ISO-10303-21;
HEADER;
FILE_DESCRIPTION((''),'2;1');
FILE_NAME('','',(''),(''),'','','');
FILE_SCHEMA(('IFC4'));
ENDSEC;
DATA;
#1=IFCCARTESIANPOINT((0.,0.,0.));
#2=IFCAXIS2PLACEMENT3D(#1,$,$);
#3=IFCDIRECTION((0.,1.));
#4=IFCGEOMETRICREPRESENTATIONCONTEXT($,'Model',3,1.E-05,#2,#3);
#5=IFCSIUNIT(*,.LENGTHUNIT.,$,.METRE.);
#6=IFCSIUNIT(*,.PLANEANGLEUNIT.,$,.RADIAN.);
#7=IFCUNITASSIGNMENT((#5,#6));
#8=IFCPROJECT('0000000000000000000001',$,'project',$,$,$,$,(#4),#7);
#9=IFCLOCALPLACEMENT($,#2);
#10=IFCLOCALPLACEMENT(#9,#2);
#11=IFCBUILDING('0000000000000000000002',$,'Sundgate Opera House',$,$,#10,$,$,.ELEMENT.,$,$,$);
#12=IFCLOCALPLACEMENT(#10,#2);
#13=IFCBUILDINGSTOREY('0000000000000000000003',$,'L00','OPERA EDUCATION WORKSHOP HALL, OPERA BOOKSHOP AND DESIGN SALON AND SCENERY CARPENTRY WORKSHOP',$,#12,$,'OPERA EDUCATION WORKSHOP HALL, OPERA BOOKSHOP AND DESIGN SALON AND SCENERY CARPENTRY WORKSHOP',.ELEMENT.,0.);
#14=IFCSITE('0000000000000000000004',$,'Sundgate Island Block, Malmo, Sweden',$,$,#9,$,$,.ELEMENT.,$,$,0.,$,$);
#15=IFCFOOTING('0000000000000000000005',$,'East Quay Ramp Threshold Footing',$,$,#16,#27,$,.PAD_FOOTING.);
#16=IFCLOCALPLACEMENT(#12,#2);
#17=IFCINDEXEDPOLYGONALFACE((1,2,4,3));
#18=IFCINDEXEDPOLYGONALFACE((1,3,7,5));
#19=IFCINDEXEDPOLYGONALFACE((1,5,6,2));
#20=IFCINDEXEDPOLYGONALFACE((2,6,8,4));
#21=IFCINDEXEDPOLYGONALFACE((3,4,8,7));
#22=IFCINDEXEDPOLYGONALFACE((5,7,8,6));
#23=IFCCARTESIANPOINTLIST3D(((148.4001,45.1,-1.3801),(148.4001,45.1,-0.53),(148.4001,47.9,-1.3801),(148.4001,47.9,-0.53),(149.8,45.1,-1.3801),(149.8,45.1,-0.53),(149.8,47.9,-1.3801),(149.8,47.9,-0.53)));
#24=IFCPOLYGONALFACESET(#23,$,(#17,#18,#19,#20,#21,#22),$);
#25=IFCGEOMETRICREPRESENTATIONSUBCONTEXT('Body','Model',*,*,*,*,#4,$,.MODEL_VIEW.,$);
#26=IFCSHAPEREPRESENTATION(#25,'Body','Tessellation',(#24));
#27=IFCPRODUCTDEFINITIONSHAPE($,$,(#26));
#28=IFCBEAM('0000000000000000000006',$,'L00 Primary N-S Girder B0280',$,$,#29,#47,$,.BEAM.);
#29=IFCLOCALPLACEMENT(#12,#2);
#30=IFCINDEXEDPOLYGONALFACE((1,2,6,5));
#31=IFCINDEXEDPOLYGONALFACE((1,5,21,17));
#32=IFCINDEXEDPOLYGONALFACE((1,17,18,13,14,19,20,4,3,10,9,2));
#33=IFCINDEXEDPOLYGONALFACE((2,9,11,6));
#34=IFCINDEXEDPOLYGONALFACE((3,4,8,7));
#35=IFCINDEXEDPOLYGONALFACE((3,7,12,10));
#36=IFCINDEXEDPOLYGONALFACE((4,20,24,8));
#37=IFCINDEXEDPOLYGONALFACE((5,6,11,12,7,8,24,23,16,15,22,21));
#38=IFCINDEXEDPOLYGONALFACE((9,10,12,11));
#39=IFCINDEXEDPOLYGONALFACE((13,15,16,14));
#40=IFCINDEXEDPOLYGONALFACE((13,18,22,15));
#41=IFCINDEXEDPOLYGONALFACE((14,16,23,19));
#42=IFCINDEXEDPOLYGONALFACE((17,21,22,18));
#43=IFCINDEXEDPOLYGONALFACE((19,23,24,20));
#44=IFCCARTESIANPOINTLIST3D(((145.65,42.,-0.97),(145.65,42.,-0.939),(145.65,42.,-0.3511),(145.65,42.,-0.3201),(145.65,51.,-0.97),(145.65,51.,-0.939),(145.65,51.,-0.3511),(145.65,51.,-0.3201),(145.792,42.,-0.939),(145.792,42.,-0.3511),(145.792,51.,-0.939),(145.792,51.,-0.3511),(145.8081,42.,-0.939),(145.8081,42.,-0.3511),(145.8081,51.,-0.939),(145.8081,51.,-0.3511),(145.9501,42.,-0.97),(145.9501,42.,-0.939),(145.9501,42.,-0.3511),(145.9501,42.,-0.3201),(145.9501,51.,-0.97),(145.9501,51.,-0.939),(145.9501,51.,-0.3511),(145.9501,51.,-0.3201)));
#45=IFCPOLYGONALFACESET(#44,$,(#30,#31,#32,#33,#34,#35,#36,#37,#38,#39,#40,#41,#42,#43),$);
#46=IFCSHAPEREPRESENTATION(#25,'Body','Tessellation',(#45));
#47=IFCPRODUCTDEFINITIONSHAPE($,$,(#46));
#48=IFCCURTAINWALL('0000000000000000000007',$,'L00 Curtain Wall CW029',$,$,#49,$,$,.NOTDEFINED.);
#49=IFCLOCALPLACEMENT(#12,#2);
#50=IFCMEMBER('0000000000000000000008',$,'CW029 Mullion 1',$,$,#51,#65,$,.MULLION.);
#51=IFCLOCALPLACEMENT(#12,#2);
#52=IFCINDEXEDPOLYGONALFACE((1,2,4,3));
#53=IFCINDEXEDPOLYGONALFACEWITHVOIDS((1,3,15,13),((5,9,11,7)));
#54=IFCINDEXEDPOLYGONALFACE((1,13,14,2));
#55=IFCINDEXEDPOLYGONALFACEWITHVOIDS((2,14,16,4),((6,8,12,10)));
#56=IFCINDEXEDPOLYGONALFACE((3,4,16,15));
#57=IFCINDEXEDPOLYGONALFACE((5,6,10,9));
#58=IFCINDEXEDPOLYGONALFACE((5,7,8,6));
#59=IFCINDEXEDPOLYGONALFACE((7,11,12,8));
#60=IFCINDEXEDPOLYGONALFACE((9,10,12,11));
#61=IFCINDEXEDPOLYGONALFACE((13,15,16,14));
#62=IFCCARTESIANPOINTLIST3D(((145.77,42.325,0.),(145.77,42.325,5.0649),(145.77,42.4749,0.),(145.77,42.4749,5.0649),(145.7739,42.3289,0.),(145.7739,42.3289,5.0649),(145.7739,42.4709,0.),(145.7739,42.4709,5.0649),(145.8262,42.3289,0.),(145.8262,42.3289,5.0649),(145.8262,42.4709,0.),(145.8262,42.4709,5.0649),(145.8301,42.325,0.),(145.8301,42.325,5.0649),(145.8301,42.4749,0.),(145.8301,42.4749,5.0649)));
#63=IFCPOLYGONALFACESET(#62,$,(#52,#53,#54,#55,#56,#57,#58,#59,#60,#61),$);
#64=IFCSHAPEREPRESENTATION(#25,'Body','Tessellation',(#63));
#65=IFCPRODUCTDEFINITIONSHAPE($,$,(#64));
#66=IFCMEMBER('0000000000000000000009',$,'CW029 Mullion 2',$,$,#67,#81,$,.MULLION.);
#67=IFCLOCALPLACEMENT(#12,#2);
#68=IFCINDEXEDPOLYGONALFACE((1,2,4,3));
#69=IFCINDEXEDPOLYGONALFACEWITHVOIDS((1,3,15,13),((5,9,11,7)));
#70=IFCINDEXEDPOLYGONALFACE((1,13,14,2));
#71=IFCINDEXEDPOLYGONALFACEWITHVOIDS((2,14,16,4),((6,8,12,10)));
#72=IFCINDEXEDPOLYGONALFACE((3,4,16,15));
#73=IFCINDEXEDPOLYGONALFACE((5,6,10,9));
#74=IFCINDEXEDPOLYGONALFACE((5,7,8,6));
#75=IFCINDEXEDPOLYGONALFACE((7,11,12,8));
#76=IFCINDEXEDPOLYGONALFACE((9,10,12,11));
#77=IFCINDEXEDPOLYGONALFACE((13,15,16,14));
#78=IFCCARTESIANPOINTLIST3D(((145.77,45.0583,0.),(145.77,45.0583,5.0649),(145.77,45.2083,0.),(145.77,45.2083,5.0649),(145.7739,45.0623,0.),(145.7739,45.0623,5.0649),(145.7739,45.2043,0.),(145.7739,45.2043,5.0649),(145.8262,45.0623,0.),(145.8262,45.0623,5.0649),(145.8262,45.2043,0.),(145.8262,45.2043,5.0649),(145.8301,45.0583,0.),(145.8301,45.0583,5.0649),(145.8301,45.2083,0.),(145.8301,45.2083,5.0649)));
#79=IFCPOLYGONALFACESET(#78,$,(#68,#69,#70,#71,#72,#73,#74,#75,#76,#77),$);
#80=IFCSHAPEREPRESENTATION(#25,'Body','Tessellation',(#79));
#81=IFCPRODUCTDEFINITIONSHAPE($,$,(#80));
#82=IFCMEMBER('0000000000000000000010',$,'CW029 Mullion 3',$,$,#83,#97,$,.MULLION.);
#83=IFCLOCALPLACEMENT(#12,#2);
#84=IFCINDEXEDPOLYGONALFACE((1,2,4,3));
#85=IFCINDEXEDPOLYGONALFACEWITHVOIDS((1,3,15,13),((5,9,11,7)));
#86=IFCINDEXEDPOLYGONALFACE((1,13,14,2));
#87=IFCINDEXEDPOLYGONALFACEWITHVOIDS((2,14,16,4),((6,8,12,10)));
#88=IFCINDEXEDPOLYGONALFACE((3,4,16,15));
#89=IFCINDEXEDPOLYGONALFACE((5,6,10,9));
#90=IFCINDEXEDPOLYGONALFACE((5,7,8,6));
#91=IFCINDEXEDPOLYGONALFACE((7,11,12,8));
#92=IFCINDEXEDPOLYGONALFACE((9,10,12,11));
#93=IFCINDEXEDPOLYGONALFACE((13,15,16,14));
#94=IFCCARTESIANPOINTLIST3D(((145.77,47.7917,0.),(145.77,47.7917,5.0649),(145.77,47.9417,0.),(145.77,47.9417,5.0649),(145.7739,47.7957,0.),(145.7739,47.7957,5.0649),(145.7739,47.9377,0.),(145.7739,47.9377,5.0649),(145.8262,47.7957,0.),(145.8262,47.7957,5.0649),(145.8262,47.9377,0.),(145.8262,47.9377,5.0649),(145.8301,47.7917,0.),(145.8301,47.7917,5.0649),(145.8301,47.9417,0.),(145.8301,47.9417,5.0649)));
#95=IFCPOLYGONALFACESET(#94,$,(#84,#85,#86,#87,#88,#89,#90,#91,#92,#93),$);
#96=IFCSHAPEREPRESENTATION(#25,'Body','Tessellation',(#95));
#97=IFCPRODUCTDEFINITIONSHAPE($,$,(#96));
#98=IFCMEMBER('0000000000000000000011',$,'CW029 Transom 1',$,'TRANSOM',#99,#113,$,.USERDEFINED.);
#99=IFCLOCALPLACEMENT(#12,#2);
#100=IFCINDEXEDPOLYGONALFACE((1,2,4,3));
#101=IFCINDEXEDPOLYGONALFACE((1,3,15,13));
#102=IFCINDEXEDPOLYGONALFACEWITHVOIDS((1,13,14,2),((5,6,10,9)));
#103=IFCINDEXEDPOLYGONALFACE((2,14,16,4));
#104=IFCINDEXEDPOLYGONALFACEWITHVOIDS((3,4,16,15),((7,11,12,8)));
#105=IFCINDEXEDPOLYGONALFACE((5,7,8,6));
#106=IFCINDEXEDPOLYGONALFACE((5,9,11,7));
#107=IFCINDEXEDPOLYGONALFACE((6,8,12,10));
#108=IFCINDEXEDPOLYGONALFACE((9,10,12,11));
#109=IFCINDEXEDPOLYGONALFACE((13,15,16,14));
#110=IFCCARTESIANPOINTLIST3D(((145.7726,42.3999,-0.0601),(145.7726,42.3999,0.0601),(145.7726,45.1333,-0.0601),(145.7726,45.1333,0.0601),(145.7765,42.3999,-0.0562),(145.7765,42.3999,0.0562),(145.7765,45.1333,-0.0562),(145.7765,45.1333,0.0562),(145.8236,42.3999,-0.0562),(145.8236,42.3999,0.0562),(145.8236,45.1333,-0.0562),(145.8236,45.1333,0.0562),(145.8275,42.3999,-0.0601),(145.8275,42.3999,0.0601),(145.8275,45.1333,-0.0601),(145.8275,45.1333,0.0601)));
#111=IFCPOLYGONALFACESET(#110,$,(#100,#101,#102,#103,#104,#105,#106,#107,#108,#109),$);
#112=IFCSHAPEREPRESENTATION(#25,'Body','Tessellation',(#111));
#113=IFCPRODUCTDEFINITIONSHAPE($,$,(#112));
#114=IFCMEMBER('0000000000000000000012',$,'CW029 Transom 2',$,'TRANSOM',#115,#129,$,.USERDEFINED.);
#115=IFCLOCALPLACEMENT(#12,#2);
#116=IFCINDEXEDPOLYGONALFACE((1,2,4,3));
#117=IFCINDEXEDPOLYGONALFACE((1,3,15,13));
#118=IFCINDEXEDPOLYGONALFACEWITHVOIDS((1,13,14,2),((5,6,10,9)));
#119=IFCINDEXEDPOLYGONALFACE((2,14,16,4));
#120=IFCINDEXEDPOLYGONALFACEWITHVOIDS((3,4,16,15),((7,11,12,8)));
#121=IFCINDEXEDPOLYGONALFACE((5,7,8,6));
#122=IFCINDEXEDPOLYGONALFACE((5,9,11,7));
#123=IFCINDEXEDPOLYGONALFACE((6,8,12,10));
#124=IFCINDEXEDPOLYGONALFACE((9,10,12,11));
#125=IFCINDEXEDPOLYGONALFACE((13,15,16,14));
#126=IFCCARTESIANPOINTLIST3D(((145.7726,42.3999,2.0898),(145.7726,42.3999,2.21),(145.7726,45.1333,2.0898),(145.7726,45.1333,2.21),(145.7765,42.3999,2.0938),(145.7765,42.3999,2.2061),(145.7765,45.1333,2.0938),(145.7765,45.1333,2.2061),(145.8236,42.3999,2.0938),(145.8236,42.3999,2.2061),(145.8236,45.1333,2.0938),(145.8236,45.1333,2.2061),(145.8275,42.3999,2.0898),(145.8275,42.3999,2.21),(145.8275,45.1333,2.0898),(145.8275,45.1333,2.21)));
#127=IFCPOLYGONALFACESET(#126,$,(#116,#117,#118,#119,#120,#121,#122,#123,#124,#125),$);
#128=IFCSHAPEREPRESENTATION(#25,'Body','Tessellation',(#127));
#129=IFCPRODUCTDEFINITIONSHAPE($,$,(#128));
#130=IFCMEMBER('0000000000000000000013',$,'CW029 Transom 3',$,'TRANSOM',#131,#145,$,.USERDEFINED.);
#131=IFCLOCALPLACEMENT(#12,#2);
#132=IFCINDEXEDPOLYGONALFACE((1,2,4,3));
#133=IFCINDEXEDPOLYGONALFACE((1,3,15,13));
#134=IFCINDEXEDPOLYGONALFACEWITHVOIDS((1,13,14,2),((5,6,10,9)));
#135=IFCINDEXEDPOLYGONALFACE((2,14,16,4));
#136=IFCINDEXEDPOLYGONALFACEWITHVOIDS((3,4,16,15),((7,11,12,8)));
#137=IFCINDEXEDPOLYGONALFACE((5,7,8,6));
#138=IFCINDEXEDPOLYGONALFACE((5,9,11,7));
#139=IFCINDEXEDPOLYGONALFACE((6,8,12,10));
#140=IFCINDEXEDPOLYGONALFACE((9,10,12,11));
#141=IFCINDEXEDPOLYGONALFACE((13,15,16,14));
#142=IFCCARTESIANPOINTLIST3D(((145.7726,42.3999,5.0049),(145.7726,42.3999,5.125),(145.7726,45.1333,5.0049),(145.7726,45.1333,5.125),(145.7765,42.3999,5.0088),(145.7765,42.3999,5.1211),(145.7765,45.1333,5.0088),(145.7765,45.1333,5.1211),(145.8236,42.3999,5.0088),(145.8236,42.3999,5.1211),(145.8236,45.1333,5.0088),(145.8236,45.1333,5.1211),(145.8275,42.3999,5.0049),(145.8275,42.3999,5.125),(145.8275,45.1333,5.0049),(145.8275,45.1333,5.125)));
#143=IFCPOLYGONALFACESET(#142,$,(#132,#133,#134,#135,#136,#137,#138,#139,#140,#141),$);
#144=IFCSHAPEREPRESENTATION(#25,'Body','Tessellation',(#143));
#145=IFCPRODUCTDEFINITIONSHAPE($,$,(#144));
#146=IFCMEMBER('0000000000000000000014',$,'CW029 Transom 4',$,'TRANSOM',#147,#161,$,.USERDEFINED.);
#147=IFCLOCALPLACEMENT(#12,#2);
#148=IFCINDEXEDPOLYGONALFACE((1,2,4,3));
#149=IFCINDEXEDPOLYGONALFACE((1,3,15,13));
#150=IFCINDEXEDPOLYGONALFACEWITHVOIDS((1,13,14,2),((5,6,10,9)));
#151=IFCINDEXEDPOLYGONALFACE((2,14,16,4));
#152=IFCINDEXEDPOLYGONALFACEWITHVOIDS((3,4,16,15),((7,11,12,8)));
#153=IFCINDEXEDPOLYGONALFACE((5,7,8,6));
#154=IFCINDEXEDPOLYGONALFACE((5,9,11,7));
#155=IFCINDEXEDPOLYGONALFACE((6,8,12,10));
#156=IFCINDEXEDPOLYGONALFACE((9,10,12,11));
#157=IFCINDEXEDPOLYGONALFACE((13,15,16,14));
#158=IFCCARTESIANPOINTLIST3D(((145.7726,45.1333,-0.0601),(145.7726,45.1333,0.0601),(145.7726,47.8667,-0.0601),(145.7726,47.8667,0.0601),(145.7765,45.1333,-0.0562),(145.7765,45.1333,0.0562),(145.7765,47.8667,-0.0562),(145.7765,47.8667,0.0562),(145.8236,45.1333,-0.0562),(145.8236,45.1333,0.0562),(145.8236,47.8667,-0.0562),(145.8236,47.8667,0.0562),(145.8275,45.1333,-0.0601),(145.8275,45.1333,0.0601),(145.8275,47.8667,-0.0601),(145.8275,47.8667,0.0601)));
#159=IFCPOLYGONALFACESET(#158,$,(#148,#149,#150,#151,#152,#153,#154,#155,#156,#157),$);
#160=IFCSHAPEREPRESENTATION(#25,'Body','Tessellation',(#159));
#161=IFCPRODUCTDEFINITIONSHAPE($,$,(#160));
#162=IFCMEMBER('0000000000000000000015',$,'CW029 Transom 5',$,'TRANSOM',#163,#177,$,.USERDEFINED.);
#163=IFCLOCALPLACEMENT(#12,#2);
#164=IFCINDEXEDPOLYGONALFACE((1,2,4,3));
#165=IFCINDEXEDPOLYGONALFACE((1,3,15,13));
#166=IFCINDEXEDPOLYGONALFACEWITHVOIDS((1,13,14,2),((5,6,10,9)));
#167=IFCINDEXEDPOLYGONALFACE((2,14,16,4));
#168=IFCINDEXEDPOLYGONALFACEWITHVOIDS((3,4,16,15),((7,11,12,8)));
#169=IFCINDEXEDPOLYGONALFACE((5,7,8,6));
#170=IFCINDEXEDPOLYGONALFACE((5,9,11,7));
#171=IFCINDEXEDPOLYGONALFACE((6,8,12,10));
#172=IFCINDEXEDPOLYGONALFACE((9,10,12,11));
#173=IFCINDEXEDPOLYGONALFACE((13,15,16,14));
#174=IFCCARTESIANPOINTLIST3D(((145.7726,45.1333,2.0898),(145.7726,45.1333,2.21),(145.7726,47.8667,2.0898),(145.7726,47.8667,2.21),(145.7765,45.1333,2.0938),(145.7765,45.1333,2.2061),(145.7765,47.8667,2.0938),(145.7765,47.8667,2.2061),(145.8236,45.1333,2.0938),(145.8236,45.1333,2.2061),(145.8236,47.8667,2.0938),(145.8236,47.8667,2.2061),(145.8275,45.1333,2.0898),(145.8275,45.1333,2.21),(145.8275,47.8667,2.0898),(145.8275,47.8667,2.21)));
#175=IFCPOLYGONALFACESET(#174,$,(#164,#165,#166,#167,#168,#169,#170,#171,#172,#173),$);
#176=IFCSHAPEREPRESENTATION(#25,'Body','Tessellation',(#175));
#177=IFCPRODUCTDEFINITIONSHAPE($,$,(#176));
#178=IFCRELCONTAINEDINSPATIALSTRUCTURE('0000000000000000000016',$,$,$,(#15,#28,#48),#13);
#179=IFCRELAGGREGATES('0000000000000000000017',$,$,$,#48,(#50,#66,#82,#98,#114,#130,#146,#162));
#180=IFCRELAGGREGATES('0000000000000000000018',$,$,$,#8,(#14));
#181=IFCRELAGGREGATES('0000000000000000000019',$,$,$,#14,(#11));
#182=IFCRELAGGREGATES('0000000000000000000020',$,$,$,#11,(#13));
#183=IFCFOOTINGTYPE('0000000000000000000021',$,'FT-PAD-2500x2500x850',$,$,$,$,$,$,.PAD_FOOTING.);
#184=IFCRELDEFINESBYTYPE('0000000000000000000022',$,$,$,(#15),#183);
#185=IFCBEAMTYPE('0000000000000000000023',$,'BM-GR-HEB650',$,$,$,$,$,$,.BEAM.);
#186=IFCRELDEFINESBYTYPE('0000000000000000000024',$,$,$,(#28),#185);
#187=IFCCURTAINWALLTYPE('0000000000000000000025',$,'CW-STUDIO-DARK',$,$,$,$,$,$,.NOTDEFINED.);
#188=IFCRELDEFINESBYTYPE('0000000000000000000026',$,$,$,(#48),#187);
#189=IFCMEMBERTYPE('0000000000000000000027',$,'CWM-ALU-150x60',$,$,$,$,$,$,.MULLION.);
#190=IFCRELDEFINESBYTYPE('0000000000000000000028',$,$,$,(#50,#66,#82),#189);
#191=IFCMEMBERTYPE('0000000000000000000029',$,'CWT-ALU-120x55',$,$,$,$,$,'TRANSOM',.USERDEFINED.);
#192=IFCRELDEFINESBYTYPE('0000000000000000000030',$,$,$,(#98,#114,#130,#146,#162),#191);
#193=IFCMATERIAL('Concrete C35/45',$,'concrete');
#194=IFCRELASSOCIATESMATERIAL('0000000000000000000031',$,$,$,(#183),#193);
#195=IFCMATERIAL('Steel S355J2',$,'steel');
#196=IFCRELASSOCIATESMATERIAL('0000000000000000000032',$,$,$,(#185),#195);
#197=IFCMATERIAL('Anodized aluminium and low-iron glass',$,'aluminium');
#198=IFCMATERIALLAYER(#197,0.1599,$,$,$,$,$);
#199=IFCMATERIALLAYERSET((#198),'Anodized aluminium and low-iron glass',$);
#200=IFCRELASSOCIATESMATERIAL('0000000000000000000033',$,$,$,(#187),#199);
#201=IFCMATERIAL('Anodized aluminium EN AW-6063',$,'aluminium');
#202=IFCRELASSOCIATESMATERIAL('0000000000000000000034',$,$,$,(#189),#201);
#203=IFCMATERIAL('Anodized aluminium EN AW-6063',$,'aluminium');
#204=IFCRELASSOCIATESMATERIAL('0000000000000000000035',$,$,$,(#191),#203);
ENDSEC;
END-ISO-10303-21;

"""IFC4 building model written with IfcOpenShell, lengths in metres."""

from ifc_helpers import new_model, si_unit, direction, frame, origin, origin_2d, place, context, subcontext, project, spatial, rectangle, hollow_rectangle, i_section, extrude, material, layer, layer_set, material_profile, profile_set, type_object, element, aggregate, save


model = new_model("IFC4")

# Units and contexts
model_context = context("Model", 3, precision=1e-05, world=origin(), true_north=direction((0.0, 1.0)))
body_context = subcontext(model_context, "Body", "Model", "MODEL_VIEW")
ifc_project = project(units=[si_unit("LENGTHUNIT", "METRE"), si_unit("PLANEANGLEUNIT", "RADIAN")], contexts=[model_context])

# Site, building, storey
site_placement = place(None, origin())
site = spatial("IfcSite", under=ifc_project, at=site_placement, Name="Sundgate Island Block, Malmo, Sweden", CompositionType="ELEMENT", RefElevation=0.0)
building_placement = place(site_placement, origin())
building = spatial("IfcBuilding", under=site, at=building_placement, Name="Sundgate Opera House", CompositionType="ELEMENT")
storey_placement = place(building_placement, origin())
storey = spatial("IfcBuildingStorey", under=building, at=storey_placement, Name="L00", Description="OPERA EDUCATION WORKSHOP HALL, OPERA BOOKSHOP AND DESIGN SALON AND SCENERY CARPENTRY WORKSHOP", LongName="OPERA EDUCATION WORKSHOP HALL, OPERA BOOKSHOP AND DESIGN SALON AND SCENERY CARPENTRY WORKSHOP", CompositionType="ELEMENT", Elevation=0.0)

# Footing
ifc_material_1 = material(Name="Concrete C35/45", Category="concrete")
footing_type = type_object("IfcFootingType", Name="FT-PAD-2500x2500x850", PredefinedType="PAD_FOOTING", material=ifc_material_1)
footing_placement = place(storey_placement, frame((149.1001, 46.5, -1.3801), z_axis=(0.0, 0.0, 1.0), x_axis=(1.0, 0.0, 0.0)))
element("IfcFooting", 1, at=footing_placement, inside=storey, type_object=footing_type, Name="East Quay Ramp Threshold Footing", PredefinedType="PAD_FOOTING", context=body_context, shape_type="SweptSolid", body=[
    extrude(rectangle(XDim=1.3999, YDim=2.8, at=origin_2d()), origin(), (0.0, 0.0, 1.0), 0.8501),
])

# Beam
ifc_material_2 = material(Name="Steel S355J2", Category="steel")
ifc_material_profile_1 = material_profile(ifc_material_2, i_section(OverallWidth=0.3, OverallDepth=0.6499, WebThickness=0.0161, FlangeThickness=0.031, at=origin_2d()), Name="HEB 650")
ifc_profile_set_1 = profile_set([ifc_material_profile_1], Name="Steel S355J2")
beam_type = type_object("IfcBeamType", Name="BM-GR-HEB650", PredefinedType="BEAM", material=ifc_profile_set_1)
beam_placement = place(storey_placement, frame((145.8, 42.0, -0.645), z_axis=(0.0, 1.0, 0.0), x_axis=(-1.0, 0.0, 0.0)))
element("IfcBeam", 2, at=beam_placement, inside=storey, type_object=beam_type, Name="L00 Primary N-S Girder B0280", PredefinedType="BEAM", context=body_context, shape_type="SweptSolid", body=[
    extrude(i_section(OverallWidth=0.3, OverallDepth=0.6499, WebThickness=0.0161, FlangeThickness=0.031, at=origin_2d()), origin(), (0.0, 0.0, 1.0), 9.0),
])

# Curtain wall, members
ifc_material_3 = material(Name="Anodized aluminium and low-iron glass", Category="aluminium")
ifc_layer_1 = layer(ifc_material_3, 0.1599)
ifc_layer_set_1 = layer_set([ifc_layer_1], Name="Anodized aluminium and low-iron glass")
curtain_wall_type = type_object("IfcCurtainWallType", Name="CW-STUDIO-DARK", PredefinedType="NOTDEFINED", material=ifc_layer_set_1)
curtain_wall_placement = place(storey_placement, origin())
curtain_wall = element("IfcCurtainWall", 3, at=curtain_wall_placement, inside=storey, type_object=curtain_wall_type, Name="L00 Curtain Wall CW029", PredefinedType="NOTDEFINED")
ifc_material_4 = material(Name="Anodized aluminium EN AW-6063", Category="aluminium")
ifc_material_profile_2 = material_profile(ifc_material_4, hollow_rectangle(XDim=0.0601, YDim=0.1499, WallThickness=0.0039, at=origin_2d()), Name="CWM 150x60x4")
ifc_profile_set_2 = profile_set([ifc_material_profile_2], Name="Anodized aluminium EN AW-6063")
member_type_1 = type_object("IfcMemberType", Name="CWM-ALU-150x60", PredefinedType="MULLION", material=ifc_profile_set_2)
member_1_placement = place(storey_placement, frame((145.8, 42.3999, 0.0), z_axis=(0.0, 0.0, 1.0), x_axis=(1.0, 0.0, 0.0)))
member_1 = element("IfcMember", 4, at=member_1_placement, type_object=member_type_1, Name="CW029 Mullion 1", PredefinedType="MULLION", context=body_context, shape_type="SweptSolid", body=[
    extrude(hollow_rectangle(XDim=0.0601, YDim=0.1499, WallThickness=0.0039, at=origin_2d()), origin(), (0.0, 0.0, 1.0), 5.0649),
])
member_2_placement = place(storey_placement, frame((145.8, 45.1333, 0.0), z_axis=(0.0, 0.0, 1.0), x_axis=(1.0, 0.0, 0.0)))
member_2 = element("IfcMember", 5, at=member_2_placement, type_object=member_type_1, Name="CW029 Mullion 2", PredefinedType="MULLION", context=body_context, shape_type="SweptSolid", body=[
    extrude(hollow_rectangle(XDim=0.0601, YDim=0.1499, WallThickness=0.0039, at=origin_2d()), origin(), (0.0, 0.0, 1.0), 5.0649),
])
member_3_placement = place(storey_placement, frame((145.8, 47.8667, 0.0), z_axis=(0.0, 0.0, 1.0), x_axis=(1.0, 0.0, 0.0)))
member_3 = element("IfcMember", 6, at=member_3_placement, type_object=member_type_1, Name="CW029 Mullion 3", PredefinedType="MULLION", context=body_context, shape_type="SweptSolid", body=[
    extrude(hollow_rectangle(XDim=0.0601, YDim=0.1499, WallThickness=0.0039, at=origin_2d()), origin(), (0.0, 0.0, 1.0), 5.0649),
])
ifc_material_5 = material(Name="Anodized aluminium EN AW-6063", Category="aluminium")
ifc_material_profile_3 = material_profile(ifc_material_5, hollow_rectangle(XDim=0.0549, YDim=0.1201, WallThickness=0.0039, at=origin_2d()), Name="CWT 120x55x4")
ifc_profile_set_3 = profile_set([ifc_material_profile_3], Name="Anodized aluminium EN AW-6063")
member_type_2 = type_object("IfcMemberType", Name="CWT-ALU-120x55", ElementType="TRANSOM", PredefinedType="USERDEFINED", material=ifc_profile_set_3)
member_4_placement = place(storey_placement, frame((145.8, 42.3999, 0.0), z_axis=(0.0, 1.0, 0.0), x_axis=(-1.0, 0.0, 0.0)))
member_4 = element("IfcMember", 7, at=member_4_placement, type_object=member_type_2, Name="CW029 Transom 1", ObjectType="TRANSOM", PredefinedType="USERDEFINED", context=body_context, shape_type="SweptSolid", body=[
    extrude(hollow_rectangle(XDim=0.0549, YDim=0.1201, WallThickness=0.0039, at=origin_2d()), origin(), (0.0, 0.0, 1.0), 2.7334),
])
member_5_placement = place(storey_placement, frame((145.8, 42.3999, 2.1499), z_axis=(0.0, 1.0, 0.0), x_axis=(-1.0, 0.0, 0.0)))
member_5 = element("IfcMember", 8, at=member_5_placement, type_object=member_type_2, Name="CW029 Transom 2", ObjectType="TRANSOM", PredefinedType="USERDEFINED", context=body_context, shape_type="SweptSolid", body=[
    extrude(hollow_rectangle(XDim=0.0549, YDim=0.1201, WallThickness=0.0039, at=origin_2d()), origin(), (0.0, 0.0, 1.0), 2.7334),
])
member_6_placement = place(storey_placement, frame((145.8, 42.3999, 5.0649), z_axis=(0.0, 1.0, 0.0), x_axis=(-1.0, 0.0, 0.0)))
member_6 = element("IfcMember", 9, at=member_6_placement, type_object=member_type_2, Name="CW029 Transom 3", ObjectType="TRANSOM", PredefinedType="USERDEFINED", context=body_context, shape_type="SweptSolid", body=[
    extrude(hollow_rectangle(XDim=0.0549, YDim=0.1201, WallThickness=0.0039, at=origin_2d()), origin(), (0.0, 0.0, 1.0), 2.7334),
])
member_7_placement = place(storey_placement, frame((145.8, 45.1333, 0.0), z_axis=(0.0, 1.0, 0.0), x_axis=(-1.0, 0.0, 0.0)))
member_7 = element("IfcMember", 10, at=member_7_placement, type_object=member_type_2, Name="CW029 Transom 4", ObjectType="TRANSOM", PredefinedType="USERDEFINED", context=body_context, shape_type="SweptSolid", body=[
    extrude(hollow_rectangle(XDim=0.0549, YDim=0.1201, WallThickness=0.0039, at=origin_2d()), origin(), (0.0, 0.0, 1.0), 2.7334),
])
member_8_placement = place(storey_placement, frame((145.8, 45.1333, 2.1499), z_axis=(0.0, 1.0, 0.0), x_axis=(-1.0, 0.0, 0.0)))
member_8 = element("IfcMember", 11, at=member_8_placement, type_object=member_type_2, Name="CW029 Transom 5", ObjectType="TRANSOM", PredefinedType="USERDEFINED", context=body_context, shape_type="SweptSolid", body=[
    extrude(hollow_rectangle(XDim=0.0549, YDim=0.1201, WallThickness=0.0039, at=origin_2d()), origin(), (0.0, 0.0, 1.0), 2.7334),
])
aggregate(curtain_wall, [member_1, member_2, member_3, member_4, member_5, member_6, member_7, member_8])

save(model, "model.ifc")
